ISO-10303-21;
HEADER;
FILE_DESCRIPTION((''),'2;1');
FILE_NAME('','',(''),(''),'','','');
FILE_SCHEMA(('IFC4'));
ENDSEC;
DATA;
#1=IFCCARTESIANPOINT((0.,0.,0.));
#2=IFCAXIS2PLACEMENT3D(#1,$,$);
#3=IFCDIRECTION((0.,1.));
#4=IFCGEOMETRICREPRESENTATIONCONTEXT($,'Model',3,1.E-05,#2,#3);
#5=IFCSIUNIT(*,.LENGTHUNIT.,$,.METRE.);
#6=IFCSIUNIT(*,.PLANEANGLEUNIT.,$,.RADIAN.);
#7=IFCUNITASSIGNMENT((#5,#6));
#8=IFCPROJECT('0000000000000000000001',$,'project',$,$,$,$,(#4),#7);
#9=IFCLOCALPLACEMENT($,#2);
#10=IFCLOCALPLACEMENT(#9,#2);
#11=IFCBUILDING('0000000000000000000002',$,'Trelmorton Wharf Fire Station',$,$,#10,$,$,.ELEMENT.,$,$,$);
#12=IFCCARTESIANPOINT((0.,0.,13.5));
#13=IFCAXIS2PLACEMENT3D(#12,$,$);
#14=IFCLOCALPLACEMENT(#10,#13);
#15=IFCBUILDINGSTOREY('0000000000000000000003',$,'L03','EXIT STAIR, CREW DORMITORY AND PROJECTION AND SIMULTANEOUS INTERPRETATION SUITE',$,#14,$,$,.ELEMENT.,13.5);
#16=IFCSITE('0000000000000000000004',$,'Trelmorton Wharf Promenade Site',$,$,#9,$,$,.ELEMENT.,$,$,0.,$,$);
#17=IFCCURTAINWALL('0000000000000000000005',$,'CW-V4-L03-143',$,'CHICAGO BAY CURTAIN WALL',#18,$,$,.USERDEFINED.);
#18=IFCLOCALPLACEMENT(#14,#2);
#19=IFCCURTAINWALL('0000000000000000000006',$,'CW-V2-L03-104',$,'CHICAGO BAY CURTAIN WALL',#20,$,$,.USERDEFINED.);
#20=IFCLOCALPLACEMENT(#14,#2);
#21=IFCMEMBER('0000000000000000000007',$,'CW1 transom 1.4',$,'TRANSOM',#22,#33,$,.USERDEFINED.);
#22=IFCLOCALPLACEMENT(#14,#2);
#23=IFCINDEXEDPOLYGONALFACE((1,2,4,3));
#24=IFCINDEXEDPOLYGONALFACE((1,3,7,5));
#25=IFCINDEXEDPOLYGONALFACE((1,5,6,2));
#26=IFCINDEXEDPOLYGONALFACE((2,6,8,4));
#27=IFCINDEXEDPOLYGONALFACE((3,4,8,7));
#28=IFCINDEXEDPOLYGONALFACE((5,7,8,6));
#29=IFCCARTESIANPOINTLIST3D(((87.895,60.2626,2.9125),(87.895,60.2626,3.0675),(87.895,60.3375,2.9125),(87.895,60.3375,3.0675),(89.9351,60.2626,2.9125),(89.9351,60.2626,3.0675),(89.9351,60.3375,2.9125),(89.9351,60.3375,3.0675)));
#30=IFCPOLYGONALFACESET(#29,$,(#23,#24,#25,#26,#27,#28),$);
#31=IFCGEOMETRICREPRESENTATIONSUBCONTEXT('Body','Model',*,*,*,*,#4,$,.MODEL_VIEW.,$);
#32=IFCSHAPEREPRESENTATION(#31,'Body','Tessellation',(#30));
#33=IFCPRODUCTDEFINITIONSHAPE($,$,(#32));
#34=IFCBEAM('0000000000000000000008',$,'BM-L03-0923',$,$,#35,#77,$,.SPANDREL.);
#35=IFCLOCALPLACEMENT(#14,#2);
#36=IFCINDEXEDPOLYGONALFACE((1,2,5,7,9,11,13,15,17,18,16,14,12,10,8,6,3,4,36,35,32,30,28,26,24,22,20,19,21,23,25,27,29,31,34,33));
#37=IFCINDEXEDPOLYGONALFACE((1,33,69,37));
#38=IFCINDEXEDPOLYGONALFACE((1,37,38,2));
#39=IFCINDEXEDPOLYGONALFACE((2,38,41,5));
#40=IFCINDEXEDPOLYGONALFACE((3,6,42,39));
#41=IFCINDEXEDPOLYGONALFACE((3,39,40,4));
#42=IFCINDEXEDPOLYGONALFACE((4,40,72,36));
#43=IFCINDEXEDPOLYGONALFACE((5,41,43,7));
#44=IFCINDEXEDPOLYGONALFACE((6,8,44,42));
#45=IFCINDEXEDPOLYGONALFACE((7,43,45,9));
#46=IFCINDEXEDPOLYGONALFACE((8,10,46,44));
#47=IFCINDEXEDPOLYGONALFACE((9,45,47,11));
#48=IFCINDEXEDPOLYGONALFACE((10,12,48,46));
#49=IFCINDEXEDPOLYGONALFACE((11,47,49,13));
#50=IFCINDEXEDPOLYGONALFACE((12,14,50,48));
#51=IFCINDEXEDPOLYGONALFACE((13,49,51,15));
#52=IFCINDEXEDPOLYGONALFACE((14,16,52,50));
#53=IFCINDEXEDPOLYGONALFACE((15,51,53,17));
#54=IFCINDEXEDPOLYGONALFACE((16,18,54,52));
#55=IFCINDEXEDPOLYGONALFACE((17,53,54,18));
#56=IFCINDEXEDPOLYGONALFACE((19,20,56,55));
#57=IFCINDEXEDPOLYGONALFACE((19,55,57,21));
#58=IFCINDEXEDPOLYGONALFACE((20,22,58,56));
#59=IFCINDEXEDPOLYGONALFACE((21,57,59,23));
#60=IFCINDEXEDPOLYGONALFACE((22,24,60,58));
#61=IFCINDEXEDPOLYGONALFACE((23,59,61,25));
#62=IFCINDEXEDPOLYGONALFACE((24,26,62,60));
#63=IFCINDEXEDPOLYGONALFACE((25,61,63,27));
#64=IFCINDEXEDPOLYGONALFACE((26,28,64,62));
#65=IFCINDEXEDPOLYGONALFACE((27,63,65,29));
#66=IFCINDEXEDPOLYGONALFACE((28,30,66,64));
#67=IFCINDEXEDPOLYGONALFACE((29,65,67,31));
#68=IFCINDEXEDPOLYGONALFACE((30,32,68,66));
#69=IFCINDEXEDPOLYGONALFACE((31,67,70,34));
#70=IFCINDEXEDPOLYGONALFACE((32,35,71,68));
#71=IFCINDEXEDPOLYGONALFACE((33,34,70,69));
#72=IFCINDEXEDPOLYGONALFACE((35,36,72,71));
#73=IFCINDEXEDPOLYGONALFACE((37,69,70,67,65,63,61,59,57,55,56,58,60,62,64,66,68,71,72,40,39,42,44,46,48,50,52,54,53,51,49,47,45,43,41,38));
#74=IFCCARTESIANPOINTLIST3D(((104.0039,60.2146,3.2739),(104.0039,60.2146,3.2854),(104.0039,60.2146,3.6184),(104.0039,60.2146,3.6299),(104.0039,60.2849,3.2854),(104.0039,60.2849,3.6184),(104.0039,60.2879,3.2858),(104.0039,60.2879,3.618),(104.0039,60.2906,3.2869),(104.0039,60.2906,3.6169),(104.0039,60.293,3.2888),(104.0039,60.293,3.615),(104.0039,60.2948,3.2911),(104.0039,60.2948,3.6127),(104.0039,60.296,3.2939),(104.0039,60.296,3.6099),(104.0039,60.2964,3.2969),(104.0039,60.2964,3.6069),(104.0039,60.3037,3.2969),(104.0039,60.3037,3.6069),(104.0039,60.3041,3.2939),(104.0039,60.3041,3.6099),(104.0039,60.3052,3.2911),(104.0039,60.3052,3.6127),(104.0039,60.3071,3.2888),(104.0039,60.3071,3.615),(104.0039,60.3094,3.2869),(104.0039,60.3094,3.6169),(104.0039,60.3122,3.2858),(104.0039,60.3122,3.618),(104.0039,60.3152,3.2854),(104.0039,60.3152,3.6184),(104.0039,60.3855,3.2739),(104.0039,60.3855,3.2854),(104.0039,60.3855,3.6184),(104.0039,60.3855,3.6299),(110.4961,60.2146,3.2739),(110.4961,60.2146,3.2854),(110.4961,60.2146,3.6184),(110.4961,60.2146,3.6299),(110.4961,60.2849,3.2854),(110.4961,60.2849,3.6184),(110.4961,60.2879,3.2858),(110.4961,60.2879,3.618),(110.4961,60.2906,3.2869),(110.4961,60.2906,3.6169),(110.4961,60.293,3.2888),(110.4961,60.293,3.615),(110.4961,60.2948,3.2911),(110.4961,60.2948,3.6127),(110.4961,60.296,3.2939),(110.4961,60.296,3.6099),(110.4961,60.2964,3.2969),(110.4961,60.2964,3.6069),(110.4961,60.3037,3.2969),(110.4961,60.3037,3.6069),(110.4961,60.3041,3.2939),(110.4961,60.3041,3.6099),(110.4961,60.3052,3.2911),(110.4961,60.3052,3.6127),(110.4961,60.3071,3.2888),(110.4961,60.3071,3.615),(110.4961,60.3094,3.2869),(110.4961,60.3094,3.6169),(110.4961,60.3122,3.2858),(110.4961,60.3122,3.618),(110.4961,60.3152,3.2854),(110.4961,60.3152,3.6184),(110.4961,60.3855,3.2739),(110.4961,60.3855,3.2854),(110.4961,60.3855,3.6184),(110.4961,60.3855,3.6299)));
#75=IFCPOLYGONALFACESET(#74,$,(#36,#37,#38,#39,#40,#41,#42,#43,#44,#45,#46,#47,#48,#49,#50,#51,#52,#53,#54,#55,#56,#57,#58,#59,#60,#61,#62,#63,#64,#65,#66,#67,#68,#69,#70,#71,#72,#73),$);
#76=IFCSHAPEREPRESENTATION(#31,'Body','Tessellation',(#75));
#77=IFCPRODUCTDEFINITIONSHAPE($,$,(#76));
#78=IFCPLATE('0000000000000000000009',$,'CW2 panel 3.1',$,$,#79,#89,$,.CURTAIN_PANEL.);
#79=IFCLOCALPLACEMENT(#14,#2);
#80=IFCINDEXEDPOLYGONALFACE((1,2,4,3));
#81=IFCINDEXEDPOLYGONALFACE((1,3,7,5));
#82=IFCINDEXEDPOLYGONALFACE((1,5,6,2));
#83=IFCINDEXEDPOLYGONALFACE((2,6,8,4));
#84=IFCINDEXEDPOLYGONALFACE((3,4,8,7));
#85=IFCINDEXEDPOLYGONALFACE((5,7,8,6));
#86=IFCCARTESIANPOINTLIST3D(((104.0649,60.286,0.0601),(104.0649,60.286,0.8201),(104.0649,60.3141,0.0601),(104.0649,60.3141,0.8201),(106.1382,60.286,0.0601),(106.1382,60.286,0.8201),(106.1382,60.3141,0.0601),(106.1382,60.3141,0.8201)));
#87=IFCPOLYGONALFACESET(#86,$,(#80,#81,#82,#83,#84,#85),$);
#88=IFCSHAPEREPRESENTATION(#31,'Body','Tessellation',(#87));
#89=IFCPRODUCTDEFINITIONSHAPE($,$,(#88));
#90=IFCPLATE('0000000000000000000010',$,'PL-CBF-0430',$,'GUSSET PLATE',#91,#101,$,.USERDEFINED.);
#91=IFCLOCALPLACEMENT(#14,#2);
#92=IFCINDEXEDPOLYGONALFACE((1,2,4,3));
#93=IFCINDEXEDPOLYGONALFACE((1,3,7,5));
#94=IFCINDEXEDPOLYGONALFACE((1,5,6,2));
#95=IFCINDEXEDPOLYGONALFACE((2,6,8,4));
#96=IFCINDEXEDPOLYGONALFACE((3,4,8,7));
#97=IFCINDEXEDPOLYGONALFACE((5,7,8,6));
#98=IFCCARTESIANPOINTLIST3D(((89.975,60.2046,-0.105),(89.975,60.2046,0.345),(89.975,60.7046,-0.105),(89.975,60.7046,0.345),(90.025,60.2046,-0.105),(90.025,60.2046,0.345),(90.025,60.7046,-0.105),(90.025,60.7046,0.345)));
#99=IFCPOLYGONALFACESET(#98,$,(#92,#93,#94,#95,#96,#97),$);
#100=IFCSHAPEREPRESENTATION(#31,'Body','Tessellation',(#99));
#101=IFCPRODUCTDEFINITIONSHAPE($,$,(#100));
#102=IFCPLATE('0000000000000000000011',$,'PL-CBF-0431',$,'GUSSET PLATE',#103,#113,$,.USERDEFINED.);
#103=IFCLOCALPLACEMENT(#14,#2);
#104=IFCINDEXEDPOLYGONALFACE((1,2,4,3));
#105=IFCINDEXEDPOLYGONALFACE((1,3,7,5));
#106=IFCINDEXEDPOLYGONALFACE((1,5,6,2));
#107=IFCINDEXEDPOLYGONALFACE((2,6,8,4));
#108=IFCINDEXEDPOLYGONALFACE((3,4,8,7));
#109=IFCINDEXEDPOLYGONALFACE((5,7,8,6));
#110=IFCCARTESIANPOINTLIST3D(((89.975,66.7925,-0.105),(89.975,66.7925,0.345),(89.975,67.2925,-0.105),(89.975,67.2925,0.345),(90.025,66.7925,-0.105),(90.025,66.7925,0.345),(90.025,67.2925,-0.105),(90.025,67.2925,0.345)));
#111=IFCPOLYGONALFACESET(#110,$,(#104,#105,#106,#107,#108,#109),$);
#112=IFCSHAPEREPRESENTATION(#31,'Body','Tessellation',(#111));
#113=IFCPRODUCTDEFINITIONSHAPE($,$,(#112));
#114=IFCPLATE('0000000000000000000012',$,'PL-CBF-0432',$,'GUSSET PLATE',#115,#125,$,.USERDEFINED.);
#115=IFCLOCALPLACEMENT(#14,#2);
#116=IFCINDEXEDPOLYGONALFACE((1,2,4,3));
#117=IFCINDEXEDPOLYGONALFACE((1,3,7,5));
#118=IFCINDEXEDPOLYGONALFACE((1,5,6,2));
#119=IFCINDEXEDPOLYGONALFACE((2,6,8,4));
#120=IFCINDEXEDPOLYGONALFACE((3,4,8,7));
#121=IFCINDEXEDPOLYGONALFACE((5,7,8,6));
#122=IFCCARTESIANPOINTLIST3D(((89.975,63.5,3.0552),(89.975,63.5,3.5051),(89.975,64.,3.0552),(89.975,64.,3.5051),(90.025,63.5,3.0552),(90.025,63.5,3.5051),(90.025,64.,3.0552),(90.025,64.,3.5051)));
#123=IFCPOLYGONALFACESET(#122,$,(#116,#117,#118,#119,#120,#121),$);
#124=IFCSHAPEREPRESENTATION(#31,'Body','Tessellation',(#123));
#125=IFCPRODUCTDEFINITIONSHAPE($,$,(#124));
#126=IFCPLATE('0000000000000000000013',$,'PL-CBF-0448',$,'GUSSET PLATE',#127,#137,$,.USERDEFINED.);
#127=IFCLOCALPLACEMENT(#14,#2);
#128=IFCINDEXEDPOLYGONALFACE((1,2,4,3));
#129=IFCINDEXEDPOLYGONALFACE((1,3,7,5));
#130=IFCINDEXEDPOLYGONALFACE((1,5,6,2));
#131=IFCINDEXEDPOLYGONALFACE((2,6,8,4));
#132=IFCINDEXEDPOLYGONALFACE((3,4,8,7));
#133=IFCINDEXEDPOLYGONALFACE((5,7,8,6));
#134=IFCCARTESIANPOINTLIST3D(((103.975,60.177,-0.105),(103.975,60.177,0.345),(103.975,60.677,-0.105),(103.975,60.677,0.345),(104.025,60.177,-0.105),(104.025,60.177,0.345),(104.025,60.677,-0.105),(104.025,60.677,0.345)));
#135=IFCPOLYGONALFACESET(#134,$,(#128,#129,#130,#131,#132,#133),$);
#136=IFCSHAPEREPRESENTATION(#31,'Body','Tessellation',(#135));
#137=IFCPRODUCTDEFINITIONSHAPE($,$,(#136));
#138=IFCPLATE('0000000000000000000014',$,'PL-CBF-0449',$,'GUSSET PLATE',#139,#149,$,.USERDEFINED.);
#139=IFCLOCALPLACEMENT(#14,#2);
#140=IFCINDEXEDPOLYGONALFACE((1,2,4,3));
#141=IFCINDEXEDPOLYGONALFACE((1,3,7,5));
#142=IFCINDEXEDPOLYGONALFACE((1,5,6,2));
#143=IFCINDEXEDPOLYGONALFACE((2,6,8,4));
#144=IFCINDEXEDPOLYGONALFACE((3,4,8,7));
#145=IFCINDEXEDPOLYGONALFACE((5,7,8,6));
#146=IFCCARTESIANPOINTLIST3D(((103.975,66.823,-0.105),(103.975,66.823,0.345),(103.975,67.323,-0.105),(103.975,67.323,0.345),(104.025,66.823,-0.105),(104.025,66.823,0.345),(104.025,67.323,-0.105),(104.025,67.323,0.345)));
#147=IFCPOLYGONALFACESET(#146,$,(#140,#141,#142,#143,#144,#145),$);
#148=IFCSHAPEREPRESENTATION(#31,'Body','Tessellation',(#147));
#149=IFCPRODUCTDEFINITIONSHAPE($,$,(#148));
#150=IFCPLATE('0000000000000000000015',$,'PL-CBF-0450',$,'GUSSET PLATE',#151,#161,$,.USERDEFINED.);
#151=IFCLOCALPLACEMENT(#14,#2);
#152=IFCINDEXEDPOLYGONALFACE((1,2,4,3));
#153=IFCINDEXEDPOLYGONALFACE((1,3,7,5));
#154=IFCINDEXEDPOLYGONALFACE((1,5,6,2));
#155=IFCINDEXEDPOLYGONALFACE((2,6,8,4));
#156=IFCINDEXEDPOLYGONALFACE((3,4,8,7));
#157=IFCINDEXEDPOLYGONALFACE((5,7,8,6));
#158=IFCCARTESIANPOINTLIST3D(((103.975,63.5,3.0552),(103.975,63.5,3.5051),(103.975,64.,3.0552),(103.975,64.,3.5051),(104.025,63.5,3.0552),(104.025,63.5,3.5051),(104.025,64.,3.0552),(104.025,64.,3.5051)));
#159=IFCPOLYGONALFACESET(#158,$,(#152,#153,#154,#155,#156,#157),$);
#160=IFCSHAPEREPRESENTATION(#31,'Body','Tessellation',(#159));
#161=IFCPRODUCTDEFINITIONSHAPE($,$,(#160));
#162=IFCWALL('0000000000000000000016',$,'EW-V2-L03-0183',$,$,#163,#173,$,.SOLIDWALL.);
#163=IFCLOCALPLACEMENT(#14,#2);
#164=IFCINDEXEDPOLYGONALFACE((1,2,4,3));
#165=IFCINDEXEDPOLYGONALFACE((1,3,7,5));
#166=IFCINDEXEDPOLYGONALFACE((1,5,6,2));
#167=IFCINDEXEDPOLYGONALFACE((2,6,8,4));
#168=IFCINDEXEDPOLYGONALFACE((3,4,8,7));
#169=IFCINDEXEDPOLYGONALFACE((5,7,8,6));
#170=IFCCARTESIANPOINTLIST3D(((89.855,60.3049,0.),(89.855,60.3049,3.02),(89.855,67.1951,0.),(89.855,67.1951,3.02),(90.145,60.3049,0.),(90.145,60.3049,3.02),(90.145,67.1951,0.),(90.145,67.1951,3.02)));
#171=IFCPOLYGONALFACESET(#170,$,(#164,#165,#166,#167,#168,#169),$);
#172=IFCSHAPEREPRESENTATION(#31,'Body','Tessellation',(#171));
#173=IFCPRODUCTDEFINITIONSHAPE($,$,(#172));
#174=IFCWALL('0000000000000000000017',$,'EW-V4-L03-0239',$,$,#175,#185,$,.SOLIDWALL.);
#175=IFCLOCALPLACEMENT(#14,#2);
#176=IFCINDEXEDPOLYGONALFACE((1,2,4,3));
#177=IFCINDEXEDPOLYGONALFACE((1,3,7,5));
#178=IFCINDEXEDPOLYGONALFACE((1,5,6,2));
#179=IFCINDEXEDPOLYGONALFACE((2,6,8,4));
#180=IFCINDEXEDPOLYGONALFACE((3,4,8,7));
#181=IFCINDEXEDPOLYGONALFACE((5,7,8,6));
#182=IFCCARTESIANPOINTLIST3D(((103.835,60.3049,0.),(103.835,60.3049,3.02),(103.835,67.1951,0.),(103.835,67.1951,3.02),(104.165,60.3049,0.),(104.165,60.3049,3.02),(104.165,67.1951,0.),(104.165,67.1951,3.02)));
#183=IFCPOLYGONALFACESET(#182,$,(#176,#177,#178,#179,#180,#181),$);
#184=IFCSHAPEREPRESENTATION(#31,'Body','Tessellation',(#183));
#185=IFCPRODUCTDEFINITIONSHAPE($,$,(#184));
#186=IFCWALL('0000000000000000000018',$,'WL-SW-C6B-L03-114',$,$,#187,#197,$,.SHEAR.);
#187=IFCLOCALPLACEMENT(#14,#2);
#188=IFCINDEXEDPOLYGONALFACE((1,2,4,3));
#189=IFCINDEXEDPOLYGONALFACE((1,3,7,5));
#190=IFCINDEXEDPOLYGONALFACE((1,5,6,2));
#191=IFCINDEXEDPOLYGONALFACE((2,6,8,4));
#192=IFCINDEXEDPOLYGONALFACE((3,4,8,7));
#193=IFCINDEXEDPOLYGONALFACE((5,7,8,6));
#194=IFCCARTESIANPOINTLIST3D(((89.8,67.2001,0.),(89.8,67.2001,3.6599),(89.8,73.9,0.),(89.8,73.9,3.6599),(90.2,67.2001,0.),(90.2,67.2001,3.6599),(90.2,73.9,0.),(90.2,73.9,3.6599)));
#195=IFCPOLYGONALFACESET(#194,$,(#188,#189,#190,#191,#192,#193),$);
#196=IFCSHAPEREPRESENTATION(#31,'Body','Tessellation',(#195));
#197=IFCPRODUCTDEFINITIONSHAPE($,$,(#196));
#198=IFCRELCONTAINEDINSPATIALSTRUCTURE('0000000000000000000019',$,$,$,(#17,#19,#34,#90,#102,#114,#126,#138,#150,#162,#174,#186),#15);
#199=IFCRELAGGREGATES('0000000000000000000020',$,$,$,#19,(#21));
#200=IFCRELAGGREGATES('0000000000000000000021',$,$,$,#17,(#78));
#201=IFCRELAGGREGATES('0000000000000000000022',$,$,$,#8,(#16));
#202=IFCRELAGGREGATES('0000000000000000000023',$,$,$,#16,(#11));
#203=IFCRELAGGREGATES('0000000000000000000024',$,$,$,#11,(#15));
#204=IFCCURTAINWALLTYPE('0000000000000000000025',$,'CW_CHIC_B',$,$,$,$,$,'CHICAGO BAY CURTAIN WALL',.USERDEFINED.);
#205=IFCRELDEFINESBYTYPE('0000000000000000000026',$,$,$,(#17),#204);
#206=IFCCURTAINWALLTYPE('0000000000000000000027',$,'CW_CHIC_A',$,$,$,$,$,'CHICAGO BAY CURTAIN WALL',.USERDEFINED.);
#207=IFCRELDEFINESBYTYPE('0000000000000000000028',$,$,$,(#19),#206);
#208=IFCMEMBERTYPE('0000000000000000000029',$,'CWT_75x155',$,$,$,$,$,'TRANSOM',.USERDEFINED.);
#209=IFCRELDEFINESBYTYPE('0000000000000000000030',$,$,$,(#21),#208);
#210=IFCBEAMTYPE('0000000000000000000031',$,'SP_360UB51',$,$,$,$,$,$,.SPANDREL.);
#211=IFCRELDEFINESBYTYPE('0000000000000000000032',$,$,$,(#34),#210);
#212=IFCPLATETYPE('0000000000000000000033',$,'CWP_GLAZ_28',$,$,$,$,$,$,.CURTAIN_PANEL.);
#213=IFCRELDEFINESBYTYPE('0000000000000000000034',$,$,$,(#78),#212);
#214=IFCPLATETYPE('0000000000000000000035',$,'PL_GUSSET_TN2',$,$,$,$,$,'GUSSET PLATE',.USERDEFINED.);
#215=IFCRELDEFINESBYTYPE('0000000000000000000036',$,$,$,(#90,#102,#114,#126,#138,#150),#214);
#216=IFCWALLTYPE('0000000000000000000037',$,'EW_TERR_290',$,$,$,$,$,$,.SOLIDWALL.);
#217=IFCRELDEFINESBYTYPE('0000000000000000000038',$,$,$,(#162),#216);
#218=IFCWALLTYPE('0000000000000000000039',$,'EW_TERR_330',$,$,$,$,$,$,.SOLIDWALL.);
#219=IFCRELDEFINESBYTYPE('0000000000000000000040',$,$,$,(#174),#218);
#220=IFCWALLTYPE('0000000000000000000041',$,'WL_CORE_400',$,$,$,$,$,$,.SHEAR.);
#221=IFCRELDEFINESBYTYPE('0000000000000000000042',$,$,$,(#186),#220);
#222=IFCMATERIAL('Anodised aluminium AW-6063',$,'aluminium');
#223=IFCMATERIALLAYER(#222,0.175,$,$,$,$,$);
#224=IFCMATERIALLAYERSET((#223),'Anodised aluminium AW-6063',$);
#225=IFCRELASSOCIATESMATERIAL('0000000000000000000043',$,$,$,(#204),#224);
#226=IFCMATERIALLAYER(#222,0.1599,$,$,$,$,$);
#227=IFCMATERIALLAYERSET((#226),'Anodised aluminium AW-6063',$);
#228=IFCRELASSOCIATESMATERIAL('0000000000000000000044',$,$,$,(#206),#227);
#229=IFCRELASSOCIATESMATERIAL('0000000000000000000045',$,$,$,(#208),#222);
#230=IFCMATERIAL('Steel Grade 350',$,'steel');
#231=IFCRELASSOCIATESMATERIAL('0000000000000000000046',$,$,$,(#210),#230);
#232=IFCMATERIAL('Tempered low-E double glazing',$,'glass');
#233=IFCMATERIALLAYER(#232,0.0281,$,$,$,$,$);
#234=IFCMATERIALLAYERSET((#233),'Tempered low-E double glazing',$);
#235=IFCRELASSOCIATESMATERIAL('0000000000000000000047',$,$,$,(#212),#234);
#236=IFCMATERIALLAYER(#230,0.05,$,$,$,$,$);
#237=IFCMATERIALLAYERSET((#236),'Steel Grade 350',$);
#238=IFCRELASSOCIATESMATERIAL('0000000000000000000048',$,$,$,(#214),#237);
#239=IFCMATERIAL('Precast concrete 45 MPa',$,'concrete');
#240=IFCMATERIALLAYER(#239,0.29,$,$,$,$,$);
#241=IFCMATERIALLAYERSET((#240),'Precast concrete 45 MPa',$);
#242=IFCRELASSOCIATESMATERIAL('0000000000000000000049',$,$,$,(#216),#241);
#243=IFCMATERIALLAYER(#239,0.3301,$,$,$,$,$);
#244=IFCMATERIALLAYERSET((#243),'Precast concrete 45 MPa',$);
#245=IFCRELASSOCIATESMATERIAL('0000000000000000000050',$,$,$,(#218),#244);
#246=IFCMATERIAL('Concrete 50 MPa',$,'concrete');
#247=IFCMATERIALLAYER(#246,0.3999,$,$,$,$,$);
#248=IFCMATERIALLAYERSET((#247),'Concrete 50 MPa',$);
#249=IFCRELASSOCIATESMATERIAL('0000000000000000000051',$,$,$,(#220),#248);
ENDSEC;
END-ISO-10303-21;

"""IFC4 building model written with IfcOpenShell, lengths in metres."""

from ifc_helpers import new_model, si_unit, direction, frame, frame_2d, origin, origin_2d, place, context, subcontext, project, spatial, rectangle, i_section, extrude, material, layer, layer_set, material_profile, profile_set, type_object, element, aggregate, save


model = new_model("IFC4")

# Units and contexts
model_context = context("Model", 3, precision=1e-05, world=origin(), true_north=direction((0.0, 1.0)))
body_context = subcontext(model_context, "Body", "Model", "MODEL_VIEW")
ifc_project = project(units=[si_unit("LENGTHUNIT", "METRE"), si_unit("PLANEANGLEUNIT", "RADIAN")], contexts=[model_context])

# Site, building, storey
site_placement = place(None, origin())
site = spatial("IfcSite", under=ifc_project, at=site_placement, Name="Trelmorton Wharf Promenade Site", CompositionType="ELEMENT", RefElevation=0.0)
building_placement = place(site_placement, origin())
building = spatial("IfcBuilding", under=site, at=building_placement, Name="Trelmorton Wharf Fire Station", CompositionType="ELEMENT")
storey_placement = place(building_placement, frame((0.0, 0.0, 13.5)))
storey = spatial("IfcBuildingStorey", under=building, at=storey_placement, Name="L03", Description="EXIT STAIR, CREW DORMITORY AND PROJECTION AND SIMULTANEOUS INTERPRETATION SUITE", CompositionType="ELEMENT", Elevation=13.5)

# Shared definitions
ifc_material_1 = material(Name="Steel Grade 350", Category="steel")

# Curtain wall
ifc_material_2 = material(Name="Anodised aluminium AW-6063", Category="aluminium")
ifc_layer_1 = layer(ifc_material_2, 0.175)
ifc_layer_set_1 = layer_set([ifc_layer_1], Name="Anodised aluminium AW-6063")
curtain_wall_type_1 = type_object("IfcCurtainWallType", Name="CW_CHIC_B", ElementType="CHICAGO BAY CURTAIN WALL", PredefinedType="USERDEFINED", material=ifc_layer_set_1)
curtain_wall_1_placement = place(storey_placement, origin())
curtain_wall_1 = element("IfcCurtainWall", 1, at=curtain_wall_1_placement, inside=storey, type_object=curtain_wall_type_1, Name="CW-V4-L03-143", ObjectType="CHICAGO BAY CURTAIN WALL", PredefinedType="USERDEFINED")

# Curtain wall, member
ifc_layer_2 = layer(ifc_material_2, 0.1599)
ifc_layer_set_2 = layer_set([ifc_layer_2], Name="Anodised aluminium AW-6063")
curtain_wall_type_2 = type_object("IfcCurtainWallType", Name="CW_CHIC_A", ElementType="CHICAGO BAY CURTAIN WALL", PredefinedType="USERDEFINED", material=ifc_layer_set_2)
curtain_wall_2_placement = place(storey_placement, origin())
curtain_wall_2 = element("IfcCurtainWall", 2, at=curtain_wall_2_placement, inside=storey, type_object=curtain_wall_type_2, Name="CW-V2-L03-104", ObjectType="CHICAGO BAY CURTAIN WALL", PredefinedType="USERDEFINED")
ifc_material_profile_1 = material_profile(ifc_material_2, rectangle(XDim=0.075, YDim=0.155, at=origin_2d()), Name="ALU-75x155")
ifc_profile_set_1 = profile_set([ifc_material_profile_1], Name="Anodised aluminium AW-6063")
member_type_1 = type_object("IfcMemberType", Name="CWT_75x155", ElementType="TRANSOM", PredefinedType="USERDEFINED", material=ifc_profile_set_1)
member_1_placement = place(storey_placement, frame((89.9351, 60.3, 2.99), z_axis=(-1.0, 0.0, 0.0), x_axis=(0.0, -1.0, 0.0)))
member_1 = element("IfcMember", 3, at=member_1_placement, type_object=member_type_1, Name="CW1 transom 1.4", ObjectType="TRANSOM", PredefinedType="USERDEFINED", context=body_context, shape_type="SweptSolid", body=[
    extrude(rectangle(XDim=0.075, YDim=0.155, at=origin_2d()), origin(), (0.0, 0.0, 1.0), 2.04),
])
aggregate(curtain_wall_2, [member_1])

# Beam
ifc_material_profile_2 = material_profile(ifc_material_1, i_section(OverallWidth=0.1709, OverallDepth=0.356, WebThickness=0.0073, FlangeThickness=0.0115, FilletRadius=0.0115, at=origin_2d()), Name="360UB50.7")
ifc_profile_set_2 = profile_set([ifc_material_profile_2], Name="Steel Grade 350")
beam_type_1 = type_object("IfcBeamType", Name="SP_360UB51", PredefinedType="SPANDREL", material=ifc_profile_set_2)
beam_1_placement = place(storey_placement, frame((104.0039, 60.3, 3.4519), z_axis=(1.0, 0.0, 0.0), x_axis=(0.0, 1.0, 0.0)))
element("IfcBeam", 4, at=beam_1_placement, inside=storey, type_object=beam_type_1, Name="BM-L03-0923", PredefinedType="SPANDREL", context=body_context, shape_type="SweptSolid", body=[
    extrude(i_section(OverallWidth=0.1709, OverallDepth=0.356, WebThickness=0.0073, FlangeThickness=0.0115, FilletRadius=0.0115, at=origin_2d()), origin(), (0.0, 0.0, 1.0), 6.4922),
])

# Plate
ifc_material_3 = material(Name="Tempered low-E double glazing", Category="glass")
ifc_layer_3 = layer(ifc_material_3, 0.0281)
ifc_layer_set_3 = layer_set([ifc_layer_3], Name="Tempered low-E double glazing")
plate_type_1 = type_object("IfcPlateType", Name="CWP_GLAZ_28", PredefinedType="CURTAIN_PANEL", material=ifc_layer_set_3)
plate_placement = place(storey_placement, frame((105.1016, 60.3, 0.0601), z_axis=(0.0, 0.0, 1.0), x_axis=(-1.0, 0.0, 0.0)))
plate = element("IfcPlate", 5, at=plate_placement, type_object=plate_type_1, Name="CW2 panel 3.1", PredefinedType="CURTAIN_PANEL", context=body_context, shape_type="SweptSolid", body=[
    extrude(rectangle(XDim=2.0732, YDim=0.0281, at=origin_2d()), origin(), (0.0, 0.0, 1.0), 0.76),
])
aggregate(curtain_wall_1, [plate])

# Plates
ifc_layer_4 = layer(ifc_material_1, 0.05)
ifc_layer_set_4 = layer_set([ifc_layer_4], Name="Steel Grade 350")
plate_type_2 = type_object("IfcPlateType", Name="PL_GUSSET_TN2", ElementType="GUSSET PLATE", PredefinedType="USERDEFINED", material=ifc_layer_set_4)
for number, where, z_axis, x_axis, name in (
    (6, (90.0, 60.4546, -0.105), (0.0, 0.0, 1.0), (1.0, 0.0, 0.0), "PL-CBF-0430"),
    (7, (90.0, 67.0425, -0.105), (0.0, 0.0, 1.0), (1.0, 0.0, 0.0), "PL-CBF-0431"),
    (8, (90.0, 63.75, 3.0552), (0.0, 0.0, 1.0), (1.0, 0.0, 0.0), "PL-CBF-0432"),
    (9, (104.0, 60.427, -0.105), (0.0, 0.0, 1.0), (1.0, 0.0, 0.0), "PL-CBF-0448"),
    (10, (104.0, 67.073, -0.105), (0.0, 0.0, 1.0), (1.0, 0.0, 0.0), "PL-CBF-0449"),
    (11, (104.0, 63.75, 3.0552), (0.0, 0.0, 1.0), (1.0, 0.0, 0.0), "PL-CBF-0450"),
):
    element("IfcPlate", number, at=place(storey_placement, frame(where, z_axis=z_axis, x_axis=x_axis)), inside=storey, type_object=plate_type_2, Name=name, ObjectType="GUSSET PLATE", PredefinedType="USERDEFINED", context=body_context, shape_type="SweptSolid", body=[
        extrude(rectangle(XDim=0.05, YDim=0.5, at=origin_2d()), origin(), (0.0, 0.0, 1.0), 0.45),
    ])

# Walls
ifc_material_4 = material(Name="Precast concrete 45 MPa", Category="concrete")
ifc_layer_5 = layer(ifc_material_4, 0.29)
ifc_layer_set_5 = layer_set([ifc_layer_5], Name="Precast concrete 45 MPa")
wall_type_1 = type_object("IfcWallType", Name="EW_TERR_290", PredefinedType="SOLIDWALL", material=ifc_layer_set_5)
wall_1_placement = place(storey_placement, frame((90.0, 67.1951, 0.0), z_axis=(0.0, 0.0, 1.0), x_axis=(0.0, -1.0, 0.0)))
element("IfcWall", 12, at=wall_1_placement, inside=storey, type_object=wall_type_1, Name="EW-V2-L03-0183", PredefinedType="SOLIDWALL", context=body_context, shape_type="SweptSolid", body=[
    extrude(rectangle(XDim=6.8901, YDim=0.29, at=frame_2d((3.4451, 0.0))), origin(), (0.0, 0.0, 1.0), 3.02),
])
ifc_layer_6 = layer(ifc_material_4, 0.3301)
ifc_layer_set_6 = layer_set([ifc_layer_6], Name="Precast concrete 45 MPa")
wall_type_2 = type_object("IfcWallType", Name="EW_TERR_330", PredefinedType="SOLIDWALL", material=ifc_layer_set_6)
wall_2_placement = place(storey_placement, frame((104.0, 60.3049, 0.0), z_axis=(0.0, 0.0, 1.0), x_axis=(0.0, 1.0, 0.0)))
element("IfcWall", 13, at=wall_2_placement, inside=storey, type_object=wall_type_2, Name="EW-V4-L03-0239", PredefinedType="SOLIDWALL", context=body_context, shape_type="SweptSolid", body=[
    extrude(rectangle(XDim=6.8901, YDim=0.3301, at=frame_2d((3.4451, 0.0))), origin(), (0.0, 0.0, 1.0), 3.02),
])
ifc_material_5 = material(Name="Concrete 50 MPa", Category="concrete")
ifc_layer_7 = layer(ifc_material_5, 0.3999)
ifc_layer_set_7 = layer_set([ifc_layer_7], Name="Concrete 50 MPa")
wall_type_3 = type_object("IfcWallType", Name="WL_CORE_400", PredefinedType="SHEAR", material=ifc_layer_set_7)
wall_3_placement = place(storey_placement, frame((90.0, 67.2, 0.0), z_axis=(0.0, 0.0, 1.0), x_axis=(0.0, 1.0, 0.0)))
element("IfcWall", 14, at=wall_3_placement, inside=storey, type_object=wall_type_3, Name="WL-SW-C6B-L03-114", PredefinedType="SHEAR", context=body_context, shape_type="SweptSolid", body=[
    extrude(rectangle(XDim=6.7, YDim=0.3999, at=frame_2d((3.3501, 0.0))), origin(), (0.0, 0.0, 1.0), 3.6599),
])

save(model, "model.ifc")
